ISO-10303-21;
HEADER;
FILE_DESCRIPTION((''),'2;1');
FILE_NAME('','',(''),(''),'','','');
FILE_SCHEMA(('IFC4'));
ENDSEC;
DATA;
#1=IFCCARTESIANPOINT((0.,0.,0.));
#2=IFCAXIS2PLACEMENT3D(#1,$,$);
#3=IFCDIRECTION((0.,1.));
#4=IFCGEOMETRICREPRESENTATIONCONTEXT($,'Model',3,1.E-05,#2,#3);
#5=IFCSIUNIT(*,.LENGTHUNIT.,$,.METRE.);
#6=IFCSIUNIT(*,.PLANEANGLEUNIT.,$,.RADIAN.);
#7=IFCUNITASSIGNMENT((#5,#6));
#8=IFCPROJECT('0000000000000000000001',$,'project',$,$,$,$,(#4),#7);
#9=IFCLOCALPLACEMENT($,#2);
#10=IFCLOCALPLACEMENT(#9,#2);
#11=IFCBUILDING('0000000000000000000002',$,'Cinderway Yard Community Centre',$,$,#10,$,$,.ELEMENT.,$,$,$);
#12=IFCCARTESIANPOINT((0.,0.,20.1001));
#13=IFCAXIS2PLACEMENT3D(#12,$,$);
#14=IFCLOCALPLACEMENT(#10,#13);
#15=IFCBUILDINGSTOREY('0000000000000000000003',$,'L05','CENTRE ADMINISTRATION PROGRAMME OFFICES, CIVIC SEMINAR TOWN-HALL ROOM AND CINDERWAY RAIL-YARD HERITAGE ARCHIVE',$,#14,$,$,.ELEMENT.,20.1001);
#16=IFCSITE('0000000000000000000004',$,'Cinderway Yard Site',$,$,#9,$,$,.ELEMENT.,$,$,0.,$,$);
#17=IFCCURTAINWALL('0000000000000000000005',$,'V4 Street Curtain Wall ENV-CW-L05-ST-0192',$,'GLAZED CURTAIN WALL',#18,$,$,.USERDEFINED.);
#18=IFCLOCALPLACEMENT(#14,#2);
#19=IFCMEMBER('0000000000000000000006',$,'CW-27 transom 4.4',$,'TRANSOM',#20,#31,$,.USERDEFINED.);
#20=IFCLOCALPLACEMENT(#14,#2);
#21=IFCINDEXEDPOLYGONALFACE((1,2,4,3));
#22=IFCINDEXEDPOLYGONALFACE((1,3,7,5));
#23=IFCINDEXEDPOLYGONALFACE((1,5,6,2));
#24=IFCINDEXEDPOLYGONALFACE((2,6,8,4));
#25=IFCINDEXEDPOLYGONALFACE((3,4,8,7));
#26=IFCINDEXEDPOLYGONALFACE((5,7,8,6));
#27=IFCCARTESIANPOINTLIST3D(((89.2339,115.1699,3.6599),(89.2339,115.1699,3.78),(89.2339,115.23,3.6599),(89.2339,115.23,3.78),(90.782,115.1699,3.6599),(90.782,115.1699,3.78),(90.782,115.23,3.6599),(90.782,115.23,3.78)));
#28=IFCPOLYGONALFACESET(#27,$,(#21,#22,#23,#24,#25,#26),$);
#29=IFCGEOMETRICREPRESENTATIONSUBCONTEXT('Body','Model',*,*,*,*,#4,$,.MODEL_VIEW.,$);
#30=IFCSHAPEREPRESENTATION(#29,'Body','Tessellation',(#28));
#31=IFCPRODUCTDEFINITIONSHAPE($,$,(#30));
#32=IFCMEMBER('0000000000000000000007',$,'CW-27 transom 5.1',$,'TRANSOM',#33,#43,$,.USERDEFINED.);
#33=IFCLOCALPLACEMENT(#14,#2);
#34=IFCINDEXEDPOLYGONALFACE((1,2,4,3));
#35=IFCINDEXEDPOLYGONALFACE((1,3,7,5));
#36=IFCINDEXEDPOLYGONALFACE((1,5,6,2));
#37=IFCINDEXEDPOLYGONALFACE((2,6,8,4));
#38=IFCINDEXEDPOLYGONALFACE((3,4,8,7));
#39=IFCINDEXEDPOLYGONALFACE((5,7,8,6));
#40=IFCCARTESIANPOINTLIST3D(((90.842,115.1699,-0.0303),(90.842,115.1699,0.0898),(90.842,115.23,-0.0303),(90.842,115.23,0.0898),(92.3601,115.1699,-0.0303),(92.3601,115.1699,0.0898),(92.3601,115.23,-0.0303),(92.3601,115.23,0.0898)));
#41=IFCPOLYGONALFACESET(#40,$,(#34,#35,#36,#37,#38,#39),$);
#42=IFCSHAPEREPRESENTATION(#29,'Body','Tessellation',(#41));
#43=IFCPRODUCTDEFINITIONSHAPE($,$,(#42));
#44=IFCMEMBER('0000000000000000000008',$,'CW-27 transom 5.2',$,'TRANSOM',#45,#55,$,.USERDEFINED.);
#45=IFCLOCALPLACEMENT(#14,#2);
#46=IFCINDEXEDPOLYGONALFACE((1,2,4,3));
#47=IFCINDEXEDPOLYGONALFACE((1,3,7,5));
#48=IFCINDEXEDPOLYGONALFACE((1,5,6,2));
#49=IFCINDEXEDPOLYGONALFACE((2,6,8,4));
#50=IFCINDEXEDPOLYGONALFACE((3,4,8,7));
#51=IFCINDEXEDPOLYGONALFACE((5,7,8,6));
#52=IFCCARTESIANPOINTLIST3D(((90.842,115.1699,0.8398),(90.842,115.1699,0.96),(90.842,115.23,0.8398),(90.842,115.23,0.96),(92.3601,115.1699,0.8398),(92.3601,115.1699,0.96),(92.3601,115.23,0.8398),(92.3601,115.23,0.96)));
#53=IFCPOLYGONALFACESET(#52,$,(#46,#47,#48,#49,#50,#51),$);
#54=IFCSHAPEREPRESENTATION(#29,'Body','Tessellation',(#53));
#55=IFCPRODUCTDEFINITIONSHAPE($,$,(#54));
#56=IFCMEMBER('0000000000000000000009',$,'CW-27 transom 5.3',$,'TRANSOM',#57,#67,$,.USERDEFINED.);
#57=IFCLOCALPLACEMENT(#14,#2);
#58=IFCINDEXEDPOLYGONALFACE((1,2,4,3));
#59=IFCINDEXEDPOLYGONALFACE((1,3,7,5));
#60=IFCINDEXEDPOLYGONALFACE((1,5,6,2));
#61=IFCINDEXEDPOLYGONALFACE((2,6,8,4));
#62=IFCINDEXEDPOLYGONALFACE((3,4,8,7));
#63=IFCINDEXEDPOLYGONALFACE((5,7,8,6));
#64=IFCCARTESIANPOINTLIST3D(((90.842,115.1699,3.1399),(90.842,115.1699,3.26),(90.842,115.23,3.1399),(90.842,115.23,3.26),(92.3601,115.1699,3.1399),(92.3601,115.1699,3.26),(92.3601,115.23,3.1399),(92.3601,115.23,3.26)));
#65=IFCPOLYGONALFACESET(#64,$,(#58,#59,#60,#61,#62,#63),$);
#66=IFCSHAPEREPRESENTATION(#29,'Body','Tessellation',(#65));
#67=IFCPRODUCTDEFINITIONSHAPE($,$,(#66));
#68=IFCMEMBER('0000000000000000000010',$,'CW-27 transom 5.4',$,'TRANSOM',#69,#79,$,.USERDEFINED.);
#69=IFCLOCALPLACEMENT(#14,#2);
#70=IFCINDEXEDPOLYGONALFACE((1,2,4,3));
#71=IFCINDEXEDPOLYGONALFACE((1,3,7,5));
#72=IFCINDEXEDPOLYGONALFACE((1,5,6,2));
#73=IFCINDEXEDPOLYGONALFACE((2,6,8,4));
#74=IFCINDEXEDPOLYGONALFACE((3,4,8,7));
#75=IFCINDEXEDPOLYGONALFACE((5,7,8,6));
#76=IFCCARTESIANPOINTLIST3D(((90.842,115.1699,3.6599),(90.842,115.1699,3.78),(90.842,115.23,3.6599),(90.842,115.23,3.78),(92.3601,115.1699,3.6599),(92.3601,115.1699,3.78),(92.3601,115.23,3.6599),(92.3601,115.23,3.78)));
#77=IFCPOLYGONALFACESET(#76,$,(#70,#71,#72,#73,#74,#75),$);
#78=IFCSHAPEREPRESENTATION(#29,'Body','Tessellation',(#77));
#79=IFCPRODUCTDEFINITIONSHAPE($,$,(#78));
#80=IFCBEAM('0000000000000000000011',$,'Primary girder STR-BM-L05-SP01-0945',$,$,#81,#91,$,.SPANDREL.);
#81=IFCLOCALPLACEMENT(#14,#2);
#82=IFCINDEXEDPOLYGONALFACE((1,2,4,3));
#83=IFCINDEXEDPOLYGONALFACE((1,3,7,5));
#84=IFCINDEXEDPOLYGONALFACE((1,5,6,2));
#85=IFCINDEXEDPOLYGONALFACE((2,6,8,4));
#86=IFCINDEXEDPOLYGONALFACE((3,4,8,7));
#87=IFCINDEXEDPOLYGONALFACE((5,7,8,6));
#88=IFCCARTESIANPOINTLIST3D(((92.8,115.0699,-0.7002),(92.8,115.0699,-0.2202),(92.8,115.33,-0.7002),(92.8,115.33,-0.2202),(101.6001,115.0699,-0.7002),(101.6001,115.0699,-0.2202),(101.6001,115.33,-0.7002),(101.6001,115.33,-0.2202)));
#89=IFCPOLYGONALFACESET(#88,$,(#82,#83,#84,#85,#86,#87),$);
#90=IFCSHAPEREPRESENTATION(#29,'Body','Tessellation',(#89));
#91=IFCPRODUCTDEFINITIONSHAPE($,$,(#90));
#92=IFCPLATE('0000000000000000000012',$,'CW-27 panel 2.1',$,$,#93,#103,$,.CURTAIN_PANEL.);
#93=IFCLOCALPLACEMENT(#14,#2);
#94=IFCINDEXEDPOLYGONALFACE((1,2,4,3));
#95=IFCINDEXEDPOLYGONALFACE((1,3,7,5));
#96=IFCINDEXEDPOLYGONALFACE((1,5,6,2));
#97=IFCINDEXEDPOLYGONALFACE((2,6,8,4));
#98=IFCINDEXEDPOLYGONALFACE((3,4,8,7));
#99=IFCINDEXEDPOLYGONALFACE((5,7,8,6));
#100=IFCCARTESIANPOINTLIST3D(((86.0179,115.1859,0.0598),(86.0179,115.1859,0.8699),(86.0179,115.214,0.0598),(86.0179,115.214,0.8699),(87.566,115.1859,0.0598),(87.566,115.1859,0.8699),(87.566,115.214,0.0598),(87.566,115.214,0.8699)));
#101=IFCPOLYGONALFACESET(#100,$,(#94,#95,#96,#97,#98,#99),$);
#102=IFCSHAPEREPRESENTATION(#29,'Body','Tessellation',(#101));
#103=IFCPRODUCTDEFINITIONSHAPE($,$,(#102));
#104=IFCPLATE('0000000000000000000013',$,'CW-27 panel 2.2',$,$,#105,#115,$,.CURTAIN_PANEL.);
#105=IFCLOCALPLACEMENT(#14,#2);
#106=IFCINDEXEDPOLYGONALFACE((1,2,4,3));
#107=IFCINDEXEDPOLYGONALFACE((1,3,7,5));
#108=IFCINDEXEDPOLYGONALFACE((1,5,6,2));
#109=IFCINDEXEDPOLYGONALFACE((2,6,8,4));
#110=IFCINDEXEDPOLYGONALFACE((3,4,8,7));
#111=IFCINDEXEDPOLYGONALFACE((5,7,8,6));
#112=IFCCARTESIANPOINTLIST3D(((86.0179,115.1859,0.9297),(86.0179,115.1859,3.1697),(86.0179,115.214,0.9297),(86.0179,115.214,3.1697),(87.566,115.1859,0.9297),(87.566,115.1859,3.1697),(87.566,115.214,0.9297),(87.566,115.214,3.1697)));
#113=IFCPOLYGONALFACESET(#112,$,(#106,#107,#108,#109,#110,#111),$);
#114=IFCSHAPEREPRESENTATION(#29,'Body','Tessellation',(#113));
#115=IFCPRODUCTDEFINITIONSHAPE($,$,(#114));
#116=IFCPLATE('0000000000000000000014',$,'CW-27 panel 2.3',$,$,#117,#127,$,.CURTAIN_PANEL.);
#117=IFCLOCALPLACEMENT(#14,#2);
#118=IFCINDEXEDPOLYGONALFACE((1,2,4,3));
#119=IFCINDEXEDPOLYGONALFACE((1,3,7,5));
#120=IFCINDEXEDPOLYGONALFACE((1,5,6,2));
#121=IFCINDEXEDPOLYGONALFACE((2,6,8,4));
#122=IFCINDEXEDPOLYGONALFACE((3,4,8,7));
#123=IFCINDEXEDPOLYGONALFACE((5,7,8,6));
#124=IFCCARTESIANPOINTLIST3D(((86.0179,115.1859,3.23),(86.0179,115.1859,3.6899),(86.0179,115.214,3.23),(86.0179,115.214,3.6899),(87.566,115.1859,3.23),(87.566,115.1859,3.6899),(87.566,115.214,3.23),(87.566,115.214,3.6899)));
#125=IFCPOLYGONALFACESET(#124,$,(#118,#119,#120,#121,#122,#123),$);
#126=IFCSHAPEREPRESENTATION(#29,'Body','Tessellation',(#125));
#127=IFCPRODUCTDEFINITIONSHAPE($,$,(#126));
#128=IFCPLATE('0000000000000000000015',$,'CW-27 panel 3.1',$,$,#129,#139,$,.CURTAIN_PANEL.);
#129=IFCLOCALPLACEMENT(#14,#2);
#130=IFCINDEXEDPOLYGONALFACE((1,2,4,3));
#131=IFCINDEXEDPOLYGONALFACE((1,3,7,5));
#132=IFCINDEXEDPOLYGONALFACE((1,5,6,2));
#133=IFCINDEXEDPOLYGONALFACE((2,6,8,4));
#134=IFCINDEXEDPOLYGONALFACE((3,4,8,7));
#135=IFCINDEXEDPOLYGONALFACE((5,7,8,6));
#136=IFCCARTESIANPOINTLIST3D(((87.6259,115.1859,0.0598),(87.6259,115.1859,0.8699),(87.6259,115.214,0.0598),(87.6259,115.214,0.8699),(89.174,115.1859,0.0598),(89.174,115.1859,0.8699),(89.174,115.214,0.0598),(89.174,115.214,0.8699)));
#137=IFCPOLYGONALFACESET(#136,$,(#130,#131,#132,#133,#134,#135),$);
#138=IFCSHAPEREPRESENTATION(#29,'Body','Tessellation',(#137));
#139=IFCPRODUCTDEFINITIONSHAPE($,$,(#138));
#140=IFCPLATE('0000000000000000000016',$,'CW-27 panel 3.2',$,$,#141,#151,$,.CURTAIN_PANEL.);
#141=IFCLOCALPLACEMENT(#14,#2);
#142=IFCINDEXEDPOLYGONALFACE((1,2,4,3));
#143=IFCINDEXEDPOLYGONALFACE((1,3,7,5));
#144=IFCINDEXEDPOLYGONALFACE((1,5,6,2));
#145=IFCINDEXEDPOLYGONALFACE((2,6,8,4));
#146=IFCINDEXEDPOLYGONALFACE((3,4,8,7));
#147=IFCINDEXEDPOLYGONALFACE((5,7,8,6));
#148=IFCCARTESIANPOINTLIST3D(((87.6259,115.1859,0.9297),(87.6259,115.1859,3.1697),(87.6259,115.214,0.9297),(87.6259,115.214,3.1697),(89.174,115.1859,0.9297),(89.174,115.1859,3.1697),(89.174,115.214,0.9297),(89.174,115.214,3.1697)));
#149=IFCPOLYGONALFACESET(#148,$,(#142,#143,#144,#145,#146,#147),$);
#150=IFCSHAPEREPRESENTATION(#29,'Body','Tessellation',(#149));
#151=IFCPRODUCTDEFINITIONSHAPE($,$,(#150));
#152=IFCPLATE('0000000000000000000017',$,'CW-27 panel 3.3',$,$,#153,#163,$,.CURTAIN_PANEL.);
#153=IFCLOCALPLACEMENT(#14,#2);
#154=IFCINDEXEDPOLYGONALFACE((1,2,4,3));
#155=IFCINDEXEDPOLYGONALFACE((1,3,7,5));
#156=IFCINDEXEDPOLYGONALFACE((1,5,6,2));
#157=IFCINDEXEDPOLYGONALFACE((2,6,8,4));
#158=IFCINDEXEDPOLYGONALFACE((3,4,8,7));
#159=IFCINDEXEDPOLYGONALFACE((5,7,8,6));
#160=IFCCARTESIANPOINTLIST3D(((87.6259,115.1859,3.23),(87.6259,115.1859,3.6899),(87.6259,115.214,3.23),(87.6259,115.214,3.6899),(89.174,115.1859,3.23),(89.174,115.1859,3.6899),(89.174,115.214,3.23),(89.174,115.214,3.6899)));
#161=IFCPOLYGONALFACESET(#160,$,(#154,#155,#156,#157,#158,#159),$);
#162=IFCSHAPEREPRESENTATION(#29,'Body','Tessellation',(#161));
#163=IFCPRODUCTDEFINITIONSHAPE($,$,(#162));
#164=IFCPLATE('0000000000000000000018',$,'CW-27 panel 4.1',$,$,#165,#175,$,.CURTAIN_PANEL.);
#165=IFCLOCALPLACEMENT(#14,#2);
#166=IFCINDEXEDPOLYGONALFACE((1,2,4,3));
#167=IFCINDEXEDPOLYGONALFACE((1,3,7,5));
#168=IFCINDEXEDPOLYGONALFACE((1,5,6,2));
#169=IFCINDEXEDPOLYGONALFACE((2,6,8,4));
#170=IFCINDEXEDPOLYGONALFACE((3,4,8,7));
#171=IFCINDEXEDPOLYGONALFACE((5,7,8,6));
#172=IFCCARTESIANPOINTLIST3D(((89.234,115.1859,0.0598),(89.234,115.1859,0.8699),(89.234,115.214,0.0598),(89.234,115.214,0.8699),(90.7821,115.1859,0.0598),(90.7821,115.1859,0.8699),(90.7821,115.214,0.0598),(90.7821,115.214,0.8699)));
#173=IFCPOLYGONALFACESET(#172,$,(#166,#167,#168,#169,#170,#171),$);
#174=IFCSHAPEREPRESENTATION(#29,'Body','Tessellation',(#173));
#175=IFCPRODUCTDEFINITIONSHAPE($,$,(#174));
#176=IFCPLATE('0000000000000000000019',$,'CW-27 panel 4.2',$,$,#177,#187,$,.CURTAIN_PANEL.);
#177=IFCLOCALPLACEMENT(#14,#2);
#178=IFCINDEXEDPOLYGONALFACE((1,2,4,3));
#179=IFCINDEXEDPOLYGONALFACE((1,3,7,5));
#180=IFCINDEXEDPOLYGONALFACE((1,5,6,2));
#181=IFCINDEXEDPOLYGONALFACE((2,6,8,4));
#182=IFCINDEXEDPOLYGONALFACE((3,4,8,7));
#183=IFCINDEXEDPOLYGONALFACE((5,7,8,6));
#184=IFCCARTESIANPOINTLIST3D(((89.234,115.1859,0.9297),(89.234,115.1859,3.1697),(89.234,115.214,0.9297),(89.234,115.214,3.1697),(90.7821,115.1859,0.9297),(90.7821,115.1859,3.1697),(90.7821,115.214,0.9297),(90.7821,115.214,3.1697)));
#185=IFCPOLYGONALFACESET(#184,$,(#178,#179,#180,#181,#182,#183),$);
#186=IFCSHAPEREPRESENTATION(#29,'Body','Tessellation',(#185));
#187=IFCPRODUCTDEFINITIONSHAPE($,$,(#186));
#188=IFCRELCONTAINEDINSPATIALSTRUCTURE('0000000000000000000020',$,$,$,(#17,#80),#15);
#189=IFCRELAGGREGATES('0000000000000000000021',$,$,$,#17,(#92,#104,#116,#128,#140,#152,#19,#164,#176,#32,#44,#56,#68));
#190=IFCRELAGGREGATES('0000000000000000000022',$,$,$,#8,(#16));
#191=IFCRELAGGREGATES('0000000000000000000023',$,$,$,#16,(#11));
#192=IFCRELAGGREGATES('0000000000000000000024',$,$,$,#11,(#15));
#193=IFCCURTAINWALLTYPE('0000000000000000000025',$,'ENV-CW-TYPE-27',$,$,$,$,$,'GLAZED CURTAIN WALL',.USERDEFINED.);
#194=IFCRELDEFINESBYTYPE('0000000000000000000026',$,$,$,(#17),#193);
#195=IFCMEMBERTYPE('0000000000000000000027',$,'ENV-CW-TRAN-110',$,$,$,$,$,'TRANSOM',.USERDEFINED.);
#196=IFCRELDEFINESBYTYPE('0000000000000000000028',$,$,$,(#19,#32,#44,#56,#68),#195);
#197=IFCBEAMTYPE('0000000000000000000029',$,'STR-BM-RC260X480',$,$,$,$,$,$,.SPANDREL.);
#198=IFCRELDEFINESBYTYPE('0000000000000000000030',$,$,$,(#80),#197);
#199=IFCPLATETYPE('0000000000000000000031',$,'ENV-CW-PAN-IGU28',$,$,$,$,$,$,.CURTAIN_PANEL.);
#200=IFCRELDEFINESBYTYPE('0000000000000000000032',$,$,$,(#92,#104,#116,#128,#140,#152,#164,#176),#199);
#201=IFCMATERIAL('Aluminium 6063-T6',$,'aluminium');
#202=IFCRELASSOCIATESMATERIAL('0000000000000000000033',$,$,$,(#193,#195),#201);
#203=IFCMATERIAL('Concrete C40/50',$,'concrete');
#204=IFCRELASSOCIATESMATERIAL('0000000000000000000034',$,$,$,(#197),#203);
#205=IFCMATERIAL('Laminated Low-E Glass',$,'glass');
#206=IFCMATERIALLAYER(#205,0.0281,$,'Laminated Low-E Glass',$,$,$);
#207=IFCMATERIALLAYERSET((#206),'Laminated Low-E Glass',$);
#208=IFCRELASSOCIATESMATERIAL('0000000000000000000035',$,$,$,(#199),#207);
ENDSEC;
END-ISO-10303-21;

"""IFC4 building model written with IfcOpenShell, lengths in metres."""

from ifc_helpers import new_model, si_unit, direction, frame, origin, origin_2d, place, context, subcontext, project, spatial, rectangle, extrude, material, layer, layer_set, material_profile, profile_set, type_object, element, aggregate, save


model = new_model("IFC4")

# Units and contexts
model_context = context("Model", 3, precision=1e-05, world=origin(), true_north=direction((0.0, 1.0)))
body_context = subcontext(model_context, "Body", "Model", "MODEL_VIEW")
ifc_project = project(units=[si_unit("LENGTHUNIT", "METRE"), si_unit("PLANEANGLEUNIT", "RADIAN")], contexts=[model_context])

# Site, building, storey
site_placement = place(None, origin())
site = spatial("IfcSite", under=ifc_project, at=site_placement, Name="Cinderway Yard Site", CompositionType="ELEMENT", RefElevation=0.0)
building_placement = place(site_placement, origin())
building = spatial("IfcBuilding", under=site, at=building_placement, Name="Cinderway Yard Community Centre", CompositionType="ELEMENT")
storey_placement = place(building_placement, frame((0.0, 0.0, 20.1001)))
storey = spatial("IfcBuildingStorey", under=building, at=storey_placement, Name="L05", Description="CENTRE ADMINISTRATION PROGRAMME OFFICES, CIVIC SEMINAR TOWN-HALL ROOM AND CINDERWAY RAIL-YARD HERITAGE ARCHIVE", CompositionType="ELEMENT", Elevation=20.1001)

# Shared definitions
ifc_material_1 = material(Name="Concrete C40/50", Category="concrete")

# Curtain wall, members
ifc_material_2 = material(Name="Aluminium 6063-T6", Category="aluminium")
curtain_wall_type = type_object("IfcCurtainWallType", Name="ENV-CW-TYPE-27", ElementType="GLAZED CURTAIN WALL", PredefinedType="USERDEFINED", material=ifc_material_2)
curtain_wall_placement = place(storey_placement, origin())
curtain_wall = element("IfcCurtainWall", 1, at=curtain_wall_placement, inside=storey, type_object=curtain_wall_type, Name="V4 Street Curtain Wall ENV-CW-L05-ST-0192", ObjectType="GLAZED CURTAIN WALL", PredefinedType="USERDEFINED")
ifc_material_profile_1 = material_profile(ifc_material_2, rectangle(XDim=0.0601, YDim=0.1201, at=origin_2d()), Name="Aluminium 6063-T6")
ifc_profile_set_1 = profile_set([ifc_material_profile_1], Name="Aluminium 6063-T6")
member_type_1 = type_object("IfcMemberType", Name="ENV-CW-TRAN-110", ElementType="TRANSOM", PredefinedType="USERDEFINED", material=ifc_profile_set_1)
member_1_placement = place(storey_placement, frame((89.2339, 115.2, 3.72), z_axis=(1.0, 0.0, 0.0), x_axis=(0.0, 1.0, 0.0)))
member_1 = element("IfcMember", 2, at=member_1_placement, type_object=member_type_1, Name="CW-27 transom 4.4", ObjectType="TRANSOM", PredefinedType="USERDEFINED", context=body_context, shape_type="SweptSolid", body=[
    extrude(rectangle(XDim=0.0601, YDim=0.1201, at=origin_2d()), origin(), (0.0, 0.0, 1.0), 1.5481),
])
member_2_placement = place(storey_placement, frame((90.842, 115.2, 0.0298), z_axis=(1.0, 0.0, 0.0), x_axis=(0.0, 1.0, 0.0)))
member_2 = element("IfcMember", 3, at=member_2_placement, type_object=member_type_1, Name="CW-27 transom 5.1", ObjectType="TRANSOM", PredefinedType="USERDEFINED", context=body_context, shape_type="SweptSolid", body=[
    extrude(rectangle(XDim=0.0601, YDim=0.1201, at=origin_2d()), origin(), (0.0, 0.0, 1.0), 1.5181),
])
member_3_placement = place(storey_placement, frame((90.842, 115.2, 0.8999), z_axis=(1.0, 0.0, 0.0), x_axis=(0.0, 1.0, 0.0)))
member_3 = element("IfcMember", 4, at=member_3_placement, type_object=member_type_1, Name="CW-27 transom 5.2", ObjectType="TRANSOM", PredefinedType="USERDEFINED", context=body_context, shape_type="SweptSolid", body=[
    extrude(rectangle(XDim=0.0601, YDim=0.1201, at=origin_2d()), origin(), (0.0, 0.0, 1.0), 1.5181),
])
member_4_placement = place(storey_placement, frame((90.842, 115.2, 3.2), z_axis=(1.0, 0.0, 0.0), x_axis=(0.0, 1.0, 0.0)))
member_4 = element("IfcMember", 5, at=member_4_placement, type_object=member_type_1, Name="CW-27 transom 5.3", ObjectType="TRANSOM", PredefinedType="USERDEFINED", context=body_context, shape_type="SweptSolid", body=[
    extrude(rectangle(XDim=0.0601, YDim=0.1201, at=origin_2d()), origin(), (0.0, 0.0, 1.0), 1.5181),
])
member_5_placement = place(storey_placement, frame((90.842, 115.2, 3.72), z_axis=(1.0, 0.0, 0.0), x_axis=(0.0, 1.0, 0.0)))
member_5 = element("IfcMember", 6, at=member_5_placement, type_object=member_type_1, Name="CW-27 transom 5.4", ObjectType="TRANSOM", PredefinedType="USERDEFINED", context=body_context, shape_type="SweptSolid", body=[
    extrude(rectangle(XDim=0.0601, YDim=0.1201, at=origin_2d()), origin(), (0.0, 0.0, 1.0), 1.5181),
])

# Beam
ifc_material_profile_2 = material_profile(ifc_material_1, rectangle(XDim=0.26, YDim=0.48, at=origin_2d()), Name="Concrete C40/50")
ifc_profile_set_2 = profile_set([ifc_material_profile_2], Name="Concrete C40/50")
beam_type = type_object("IfcBeamType", Name="STR-BM-RC260X480", PredefinedType="SPANDREL", material=ifc_profile_set_2)
beam_placement = place(storey_placement, frame((92.8, 115.2, -0.4602), z_axis=(1.0, 0.0, 0.0), x_axis=(0.0, 1.0, 0.0)))
element("IfcBeam", 7, at=beam_placement, inside=storey, type_object=beam_type, Name="Primary girder STR-BM-L05-SP01-0945", PredefinedType="SPANDREL", context=body_context, shape_type="SweptSolid", body=[
    extrude(rectangle(XDim=0.26, YDim=0.48, at=origin_2d()), origin(), (0.0, 0.0, 1.0), 8.8),
])

# Plates
ifc_material_3 = material(Name="Laminated Low-E Glass", Category="glass")
ifc_layer_1 = layer(ifc_material_3, 0.0281, Name="Laminated Low-E Glass")
ifc_layer_set_1 = layer_set([ifc_layer_1], Name="Laminated Low-E Glass")
plate_type = type_object("IfcPlateType", Name="ENV-CW-PAN-IGU28", PredefinedType="CURTAIN_PANEL", material=ifc_layer_set_1)
plate_1_placement = place(storey_placement, frame((86.792, 115.2, 0.0598), z_axis=(0.0, 0.0, 1.0), x_axis=(1.0, 0.0, 0.0)))
plate_1 = element("IfcPlate", 8, at=plate_1_placement, type_object=plate_type, Name="CW-27 panel 2.1", PredefinedType="CURTAIN_PANEL", context=body_context, shape_type="SweptSolid", body=[
    extrude(rectangle(XDim=1.5481, YDim=0.0281, at=origin_2d()), origin(), (0.0, 0.0, 1.0), 0.8101),
])
plate_2_placement = place(storey_placement, frame((86.792, 115.2, 0.9297), z_axis=(0.0, 0.0, 1.0), x_axis=(1.0, 0.0, 0.0)))
plate_2 = element("IfcPlate", 9, at=plate_2_placement, type_object=plate_type, Name="CW-27 panel 2.2", PredefinedType="CURTAIN_PANEL", context=body_context, shape_type="SweptSolid", body=[
    extrude(rectangle(XDim=1.5481, YDim=0.0281, at=origin_2d()), origin(), (0.0, 0.0, 1.0), 2.24),
])
plate_3_placement = place(storey_placement, frame((86.792, 115.2, 3.23), z_axis=(0.0, 0.0, 1.0), x_axis=(1.0, 0.0, 0.0)))
plate_3 = element("IfcPlate", 10, at=plate_3_placement, type_object=plate_type, Name="CW-27 panel 2.3", PredefinedType="CURTAIN_PANEL", context=body_context, shape_type="SweptSolid", body=[
    extrude(rectangle(XDim=1.5481, YDim=0.0281, at=origin_2d()), origin(), (0.0, 0.0, 1.0), 0.46),
])
plate_4_placement = place(storey_placement, frame((88.3999, 115.2, 0.0598), z_axis=(0.0, 0.0, 1.0), x_axis=(1.0, 0.0, 0.0)))
plate_4 = element("IfcPlate", 11, at=plate_4_placement, type_object=plate_type, Name="CW-27 panel 3.1", PredefinedType="CURTAIN_PANEL", context=body_context, shape_type="SweptSolid", body=[
    extrude(rectangle(XDim=1.5481, YDim=0.0281, at=origin_2d()), origin(), (0.0, 0.0, 1.0), 0.8101),
])
plate_5_placement = place(storey_placement, frame((88.3999, 115.2, 0.9297), z_axis=(0.0, 0.0, 1.0), x_axis=(1.0, 0.0, 0.0)))
plate_5 = element("IfcPlate", 12, at=plate_5_placement, type_object=plate_type, Name="CW-27 panel 3.2", PredefinedType="CURTAIN_PANEL", context=body_context, shape_type="SweptSolid", body=[
    extrude(rectangle(XDim=1.5481, YDim=0.0281, at=origin_2d()), origin(), (0.0, 0.0, 1.0), 2.24),
])
plate_6_placement = place(storey_placement, frame((88.3999, 115.2, 3.23), z_axis=(0.0, 0.0, 1.0), x_axis=(1.0, 0.0, 0.0)))
plate_6 = element("IfcPlate", 13, at=plate_6_placement, type_object=plate_type, Name="CW-27 panel 3.3", PredefinedType="CURTAIN_PANEL", context=body_context, shape_type="SweptSolid", body=[
    extrude(rectangle(XDim=1.5481, YDim=0.0281, at=origin_2d()), origin(), (0.0, 0.0, 1.0), 0.46),
])
plate_7_placement = place(storey_placement, frame((90.0081, 115.2, 0.0598), z_axis=(0.0, 0.0, 1.0), x_axis=(1.0, 0.0, 0.0)))
plate_7 = element("IfcPlate", 14, at=plate_7_placement, type_object=plate_type, Name="CW-27 panel 4.1", PredefinedType="CURTAIN_PANEL", context=body_context, shape_type="SweptSolid", body=[
    extrude(rectangle(XDim=1.5481, YDim=0.0281, at=origin_2d()), origin(), (0.0, 0.0, 1.0), 0.8101),
])
plate_8_placement = place(storey_placement, frame((90.0081, 115.2, 0.9297), z_axis=(0.0, 0.0, 1.0), x_axis=(1.0, 0.0, 0.0)))
plate_8 = element("IfcPlate", 15, at=plate_8_placement, type_object=plate_type, Name="CW-27 panel 4.2", PredefinedType="CURTAIN_PANEL", context=body_context, shape_type="SweptSolid", body=[
    extrude(rectangle(XDim=1.5481, YDim=0.0281, at=origin_2d()), origin(), (0.0, 0.0, 1.0), 2.24),
])
aggregate(curtain_wall, [plate_1, plate_2, plate_3, plate_4, plate_5, plate_6, member_1, plate_7, plate_8, member_2, member_3, member_4, member_5])

save(model, "model.ifc")
